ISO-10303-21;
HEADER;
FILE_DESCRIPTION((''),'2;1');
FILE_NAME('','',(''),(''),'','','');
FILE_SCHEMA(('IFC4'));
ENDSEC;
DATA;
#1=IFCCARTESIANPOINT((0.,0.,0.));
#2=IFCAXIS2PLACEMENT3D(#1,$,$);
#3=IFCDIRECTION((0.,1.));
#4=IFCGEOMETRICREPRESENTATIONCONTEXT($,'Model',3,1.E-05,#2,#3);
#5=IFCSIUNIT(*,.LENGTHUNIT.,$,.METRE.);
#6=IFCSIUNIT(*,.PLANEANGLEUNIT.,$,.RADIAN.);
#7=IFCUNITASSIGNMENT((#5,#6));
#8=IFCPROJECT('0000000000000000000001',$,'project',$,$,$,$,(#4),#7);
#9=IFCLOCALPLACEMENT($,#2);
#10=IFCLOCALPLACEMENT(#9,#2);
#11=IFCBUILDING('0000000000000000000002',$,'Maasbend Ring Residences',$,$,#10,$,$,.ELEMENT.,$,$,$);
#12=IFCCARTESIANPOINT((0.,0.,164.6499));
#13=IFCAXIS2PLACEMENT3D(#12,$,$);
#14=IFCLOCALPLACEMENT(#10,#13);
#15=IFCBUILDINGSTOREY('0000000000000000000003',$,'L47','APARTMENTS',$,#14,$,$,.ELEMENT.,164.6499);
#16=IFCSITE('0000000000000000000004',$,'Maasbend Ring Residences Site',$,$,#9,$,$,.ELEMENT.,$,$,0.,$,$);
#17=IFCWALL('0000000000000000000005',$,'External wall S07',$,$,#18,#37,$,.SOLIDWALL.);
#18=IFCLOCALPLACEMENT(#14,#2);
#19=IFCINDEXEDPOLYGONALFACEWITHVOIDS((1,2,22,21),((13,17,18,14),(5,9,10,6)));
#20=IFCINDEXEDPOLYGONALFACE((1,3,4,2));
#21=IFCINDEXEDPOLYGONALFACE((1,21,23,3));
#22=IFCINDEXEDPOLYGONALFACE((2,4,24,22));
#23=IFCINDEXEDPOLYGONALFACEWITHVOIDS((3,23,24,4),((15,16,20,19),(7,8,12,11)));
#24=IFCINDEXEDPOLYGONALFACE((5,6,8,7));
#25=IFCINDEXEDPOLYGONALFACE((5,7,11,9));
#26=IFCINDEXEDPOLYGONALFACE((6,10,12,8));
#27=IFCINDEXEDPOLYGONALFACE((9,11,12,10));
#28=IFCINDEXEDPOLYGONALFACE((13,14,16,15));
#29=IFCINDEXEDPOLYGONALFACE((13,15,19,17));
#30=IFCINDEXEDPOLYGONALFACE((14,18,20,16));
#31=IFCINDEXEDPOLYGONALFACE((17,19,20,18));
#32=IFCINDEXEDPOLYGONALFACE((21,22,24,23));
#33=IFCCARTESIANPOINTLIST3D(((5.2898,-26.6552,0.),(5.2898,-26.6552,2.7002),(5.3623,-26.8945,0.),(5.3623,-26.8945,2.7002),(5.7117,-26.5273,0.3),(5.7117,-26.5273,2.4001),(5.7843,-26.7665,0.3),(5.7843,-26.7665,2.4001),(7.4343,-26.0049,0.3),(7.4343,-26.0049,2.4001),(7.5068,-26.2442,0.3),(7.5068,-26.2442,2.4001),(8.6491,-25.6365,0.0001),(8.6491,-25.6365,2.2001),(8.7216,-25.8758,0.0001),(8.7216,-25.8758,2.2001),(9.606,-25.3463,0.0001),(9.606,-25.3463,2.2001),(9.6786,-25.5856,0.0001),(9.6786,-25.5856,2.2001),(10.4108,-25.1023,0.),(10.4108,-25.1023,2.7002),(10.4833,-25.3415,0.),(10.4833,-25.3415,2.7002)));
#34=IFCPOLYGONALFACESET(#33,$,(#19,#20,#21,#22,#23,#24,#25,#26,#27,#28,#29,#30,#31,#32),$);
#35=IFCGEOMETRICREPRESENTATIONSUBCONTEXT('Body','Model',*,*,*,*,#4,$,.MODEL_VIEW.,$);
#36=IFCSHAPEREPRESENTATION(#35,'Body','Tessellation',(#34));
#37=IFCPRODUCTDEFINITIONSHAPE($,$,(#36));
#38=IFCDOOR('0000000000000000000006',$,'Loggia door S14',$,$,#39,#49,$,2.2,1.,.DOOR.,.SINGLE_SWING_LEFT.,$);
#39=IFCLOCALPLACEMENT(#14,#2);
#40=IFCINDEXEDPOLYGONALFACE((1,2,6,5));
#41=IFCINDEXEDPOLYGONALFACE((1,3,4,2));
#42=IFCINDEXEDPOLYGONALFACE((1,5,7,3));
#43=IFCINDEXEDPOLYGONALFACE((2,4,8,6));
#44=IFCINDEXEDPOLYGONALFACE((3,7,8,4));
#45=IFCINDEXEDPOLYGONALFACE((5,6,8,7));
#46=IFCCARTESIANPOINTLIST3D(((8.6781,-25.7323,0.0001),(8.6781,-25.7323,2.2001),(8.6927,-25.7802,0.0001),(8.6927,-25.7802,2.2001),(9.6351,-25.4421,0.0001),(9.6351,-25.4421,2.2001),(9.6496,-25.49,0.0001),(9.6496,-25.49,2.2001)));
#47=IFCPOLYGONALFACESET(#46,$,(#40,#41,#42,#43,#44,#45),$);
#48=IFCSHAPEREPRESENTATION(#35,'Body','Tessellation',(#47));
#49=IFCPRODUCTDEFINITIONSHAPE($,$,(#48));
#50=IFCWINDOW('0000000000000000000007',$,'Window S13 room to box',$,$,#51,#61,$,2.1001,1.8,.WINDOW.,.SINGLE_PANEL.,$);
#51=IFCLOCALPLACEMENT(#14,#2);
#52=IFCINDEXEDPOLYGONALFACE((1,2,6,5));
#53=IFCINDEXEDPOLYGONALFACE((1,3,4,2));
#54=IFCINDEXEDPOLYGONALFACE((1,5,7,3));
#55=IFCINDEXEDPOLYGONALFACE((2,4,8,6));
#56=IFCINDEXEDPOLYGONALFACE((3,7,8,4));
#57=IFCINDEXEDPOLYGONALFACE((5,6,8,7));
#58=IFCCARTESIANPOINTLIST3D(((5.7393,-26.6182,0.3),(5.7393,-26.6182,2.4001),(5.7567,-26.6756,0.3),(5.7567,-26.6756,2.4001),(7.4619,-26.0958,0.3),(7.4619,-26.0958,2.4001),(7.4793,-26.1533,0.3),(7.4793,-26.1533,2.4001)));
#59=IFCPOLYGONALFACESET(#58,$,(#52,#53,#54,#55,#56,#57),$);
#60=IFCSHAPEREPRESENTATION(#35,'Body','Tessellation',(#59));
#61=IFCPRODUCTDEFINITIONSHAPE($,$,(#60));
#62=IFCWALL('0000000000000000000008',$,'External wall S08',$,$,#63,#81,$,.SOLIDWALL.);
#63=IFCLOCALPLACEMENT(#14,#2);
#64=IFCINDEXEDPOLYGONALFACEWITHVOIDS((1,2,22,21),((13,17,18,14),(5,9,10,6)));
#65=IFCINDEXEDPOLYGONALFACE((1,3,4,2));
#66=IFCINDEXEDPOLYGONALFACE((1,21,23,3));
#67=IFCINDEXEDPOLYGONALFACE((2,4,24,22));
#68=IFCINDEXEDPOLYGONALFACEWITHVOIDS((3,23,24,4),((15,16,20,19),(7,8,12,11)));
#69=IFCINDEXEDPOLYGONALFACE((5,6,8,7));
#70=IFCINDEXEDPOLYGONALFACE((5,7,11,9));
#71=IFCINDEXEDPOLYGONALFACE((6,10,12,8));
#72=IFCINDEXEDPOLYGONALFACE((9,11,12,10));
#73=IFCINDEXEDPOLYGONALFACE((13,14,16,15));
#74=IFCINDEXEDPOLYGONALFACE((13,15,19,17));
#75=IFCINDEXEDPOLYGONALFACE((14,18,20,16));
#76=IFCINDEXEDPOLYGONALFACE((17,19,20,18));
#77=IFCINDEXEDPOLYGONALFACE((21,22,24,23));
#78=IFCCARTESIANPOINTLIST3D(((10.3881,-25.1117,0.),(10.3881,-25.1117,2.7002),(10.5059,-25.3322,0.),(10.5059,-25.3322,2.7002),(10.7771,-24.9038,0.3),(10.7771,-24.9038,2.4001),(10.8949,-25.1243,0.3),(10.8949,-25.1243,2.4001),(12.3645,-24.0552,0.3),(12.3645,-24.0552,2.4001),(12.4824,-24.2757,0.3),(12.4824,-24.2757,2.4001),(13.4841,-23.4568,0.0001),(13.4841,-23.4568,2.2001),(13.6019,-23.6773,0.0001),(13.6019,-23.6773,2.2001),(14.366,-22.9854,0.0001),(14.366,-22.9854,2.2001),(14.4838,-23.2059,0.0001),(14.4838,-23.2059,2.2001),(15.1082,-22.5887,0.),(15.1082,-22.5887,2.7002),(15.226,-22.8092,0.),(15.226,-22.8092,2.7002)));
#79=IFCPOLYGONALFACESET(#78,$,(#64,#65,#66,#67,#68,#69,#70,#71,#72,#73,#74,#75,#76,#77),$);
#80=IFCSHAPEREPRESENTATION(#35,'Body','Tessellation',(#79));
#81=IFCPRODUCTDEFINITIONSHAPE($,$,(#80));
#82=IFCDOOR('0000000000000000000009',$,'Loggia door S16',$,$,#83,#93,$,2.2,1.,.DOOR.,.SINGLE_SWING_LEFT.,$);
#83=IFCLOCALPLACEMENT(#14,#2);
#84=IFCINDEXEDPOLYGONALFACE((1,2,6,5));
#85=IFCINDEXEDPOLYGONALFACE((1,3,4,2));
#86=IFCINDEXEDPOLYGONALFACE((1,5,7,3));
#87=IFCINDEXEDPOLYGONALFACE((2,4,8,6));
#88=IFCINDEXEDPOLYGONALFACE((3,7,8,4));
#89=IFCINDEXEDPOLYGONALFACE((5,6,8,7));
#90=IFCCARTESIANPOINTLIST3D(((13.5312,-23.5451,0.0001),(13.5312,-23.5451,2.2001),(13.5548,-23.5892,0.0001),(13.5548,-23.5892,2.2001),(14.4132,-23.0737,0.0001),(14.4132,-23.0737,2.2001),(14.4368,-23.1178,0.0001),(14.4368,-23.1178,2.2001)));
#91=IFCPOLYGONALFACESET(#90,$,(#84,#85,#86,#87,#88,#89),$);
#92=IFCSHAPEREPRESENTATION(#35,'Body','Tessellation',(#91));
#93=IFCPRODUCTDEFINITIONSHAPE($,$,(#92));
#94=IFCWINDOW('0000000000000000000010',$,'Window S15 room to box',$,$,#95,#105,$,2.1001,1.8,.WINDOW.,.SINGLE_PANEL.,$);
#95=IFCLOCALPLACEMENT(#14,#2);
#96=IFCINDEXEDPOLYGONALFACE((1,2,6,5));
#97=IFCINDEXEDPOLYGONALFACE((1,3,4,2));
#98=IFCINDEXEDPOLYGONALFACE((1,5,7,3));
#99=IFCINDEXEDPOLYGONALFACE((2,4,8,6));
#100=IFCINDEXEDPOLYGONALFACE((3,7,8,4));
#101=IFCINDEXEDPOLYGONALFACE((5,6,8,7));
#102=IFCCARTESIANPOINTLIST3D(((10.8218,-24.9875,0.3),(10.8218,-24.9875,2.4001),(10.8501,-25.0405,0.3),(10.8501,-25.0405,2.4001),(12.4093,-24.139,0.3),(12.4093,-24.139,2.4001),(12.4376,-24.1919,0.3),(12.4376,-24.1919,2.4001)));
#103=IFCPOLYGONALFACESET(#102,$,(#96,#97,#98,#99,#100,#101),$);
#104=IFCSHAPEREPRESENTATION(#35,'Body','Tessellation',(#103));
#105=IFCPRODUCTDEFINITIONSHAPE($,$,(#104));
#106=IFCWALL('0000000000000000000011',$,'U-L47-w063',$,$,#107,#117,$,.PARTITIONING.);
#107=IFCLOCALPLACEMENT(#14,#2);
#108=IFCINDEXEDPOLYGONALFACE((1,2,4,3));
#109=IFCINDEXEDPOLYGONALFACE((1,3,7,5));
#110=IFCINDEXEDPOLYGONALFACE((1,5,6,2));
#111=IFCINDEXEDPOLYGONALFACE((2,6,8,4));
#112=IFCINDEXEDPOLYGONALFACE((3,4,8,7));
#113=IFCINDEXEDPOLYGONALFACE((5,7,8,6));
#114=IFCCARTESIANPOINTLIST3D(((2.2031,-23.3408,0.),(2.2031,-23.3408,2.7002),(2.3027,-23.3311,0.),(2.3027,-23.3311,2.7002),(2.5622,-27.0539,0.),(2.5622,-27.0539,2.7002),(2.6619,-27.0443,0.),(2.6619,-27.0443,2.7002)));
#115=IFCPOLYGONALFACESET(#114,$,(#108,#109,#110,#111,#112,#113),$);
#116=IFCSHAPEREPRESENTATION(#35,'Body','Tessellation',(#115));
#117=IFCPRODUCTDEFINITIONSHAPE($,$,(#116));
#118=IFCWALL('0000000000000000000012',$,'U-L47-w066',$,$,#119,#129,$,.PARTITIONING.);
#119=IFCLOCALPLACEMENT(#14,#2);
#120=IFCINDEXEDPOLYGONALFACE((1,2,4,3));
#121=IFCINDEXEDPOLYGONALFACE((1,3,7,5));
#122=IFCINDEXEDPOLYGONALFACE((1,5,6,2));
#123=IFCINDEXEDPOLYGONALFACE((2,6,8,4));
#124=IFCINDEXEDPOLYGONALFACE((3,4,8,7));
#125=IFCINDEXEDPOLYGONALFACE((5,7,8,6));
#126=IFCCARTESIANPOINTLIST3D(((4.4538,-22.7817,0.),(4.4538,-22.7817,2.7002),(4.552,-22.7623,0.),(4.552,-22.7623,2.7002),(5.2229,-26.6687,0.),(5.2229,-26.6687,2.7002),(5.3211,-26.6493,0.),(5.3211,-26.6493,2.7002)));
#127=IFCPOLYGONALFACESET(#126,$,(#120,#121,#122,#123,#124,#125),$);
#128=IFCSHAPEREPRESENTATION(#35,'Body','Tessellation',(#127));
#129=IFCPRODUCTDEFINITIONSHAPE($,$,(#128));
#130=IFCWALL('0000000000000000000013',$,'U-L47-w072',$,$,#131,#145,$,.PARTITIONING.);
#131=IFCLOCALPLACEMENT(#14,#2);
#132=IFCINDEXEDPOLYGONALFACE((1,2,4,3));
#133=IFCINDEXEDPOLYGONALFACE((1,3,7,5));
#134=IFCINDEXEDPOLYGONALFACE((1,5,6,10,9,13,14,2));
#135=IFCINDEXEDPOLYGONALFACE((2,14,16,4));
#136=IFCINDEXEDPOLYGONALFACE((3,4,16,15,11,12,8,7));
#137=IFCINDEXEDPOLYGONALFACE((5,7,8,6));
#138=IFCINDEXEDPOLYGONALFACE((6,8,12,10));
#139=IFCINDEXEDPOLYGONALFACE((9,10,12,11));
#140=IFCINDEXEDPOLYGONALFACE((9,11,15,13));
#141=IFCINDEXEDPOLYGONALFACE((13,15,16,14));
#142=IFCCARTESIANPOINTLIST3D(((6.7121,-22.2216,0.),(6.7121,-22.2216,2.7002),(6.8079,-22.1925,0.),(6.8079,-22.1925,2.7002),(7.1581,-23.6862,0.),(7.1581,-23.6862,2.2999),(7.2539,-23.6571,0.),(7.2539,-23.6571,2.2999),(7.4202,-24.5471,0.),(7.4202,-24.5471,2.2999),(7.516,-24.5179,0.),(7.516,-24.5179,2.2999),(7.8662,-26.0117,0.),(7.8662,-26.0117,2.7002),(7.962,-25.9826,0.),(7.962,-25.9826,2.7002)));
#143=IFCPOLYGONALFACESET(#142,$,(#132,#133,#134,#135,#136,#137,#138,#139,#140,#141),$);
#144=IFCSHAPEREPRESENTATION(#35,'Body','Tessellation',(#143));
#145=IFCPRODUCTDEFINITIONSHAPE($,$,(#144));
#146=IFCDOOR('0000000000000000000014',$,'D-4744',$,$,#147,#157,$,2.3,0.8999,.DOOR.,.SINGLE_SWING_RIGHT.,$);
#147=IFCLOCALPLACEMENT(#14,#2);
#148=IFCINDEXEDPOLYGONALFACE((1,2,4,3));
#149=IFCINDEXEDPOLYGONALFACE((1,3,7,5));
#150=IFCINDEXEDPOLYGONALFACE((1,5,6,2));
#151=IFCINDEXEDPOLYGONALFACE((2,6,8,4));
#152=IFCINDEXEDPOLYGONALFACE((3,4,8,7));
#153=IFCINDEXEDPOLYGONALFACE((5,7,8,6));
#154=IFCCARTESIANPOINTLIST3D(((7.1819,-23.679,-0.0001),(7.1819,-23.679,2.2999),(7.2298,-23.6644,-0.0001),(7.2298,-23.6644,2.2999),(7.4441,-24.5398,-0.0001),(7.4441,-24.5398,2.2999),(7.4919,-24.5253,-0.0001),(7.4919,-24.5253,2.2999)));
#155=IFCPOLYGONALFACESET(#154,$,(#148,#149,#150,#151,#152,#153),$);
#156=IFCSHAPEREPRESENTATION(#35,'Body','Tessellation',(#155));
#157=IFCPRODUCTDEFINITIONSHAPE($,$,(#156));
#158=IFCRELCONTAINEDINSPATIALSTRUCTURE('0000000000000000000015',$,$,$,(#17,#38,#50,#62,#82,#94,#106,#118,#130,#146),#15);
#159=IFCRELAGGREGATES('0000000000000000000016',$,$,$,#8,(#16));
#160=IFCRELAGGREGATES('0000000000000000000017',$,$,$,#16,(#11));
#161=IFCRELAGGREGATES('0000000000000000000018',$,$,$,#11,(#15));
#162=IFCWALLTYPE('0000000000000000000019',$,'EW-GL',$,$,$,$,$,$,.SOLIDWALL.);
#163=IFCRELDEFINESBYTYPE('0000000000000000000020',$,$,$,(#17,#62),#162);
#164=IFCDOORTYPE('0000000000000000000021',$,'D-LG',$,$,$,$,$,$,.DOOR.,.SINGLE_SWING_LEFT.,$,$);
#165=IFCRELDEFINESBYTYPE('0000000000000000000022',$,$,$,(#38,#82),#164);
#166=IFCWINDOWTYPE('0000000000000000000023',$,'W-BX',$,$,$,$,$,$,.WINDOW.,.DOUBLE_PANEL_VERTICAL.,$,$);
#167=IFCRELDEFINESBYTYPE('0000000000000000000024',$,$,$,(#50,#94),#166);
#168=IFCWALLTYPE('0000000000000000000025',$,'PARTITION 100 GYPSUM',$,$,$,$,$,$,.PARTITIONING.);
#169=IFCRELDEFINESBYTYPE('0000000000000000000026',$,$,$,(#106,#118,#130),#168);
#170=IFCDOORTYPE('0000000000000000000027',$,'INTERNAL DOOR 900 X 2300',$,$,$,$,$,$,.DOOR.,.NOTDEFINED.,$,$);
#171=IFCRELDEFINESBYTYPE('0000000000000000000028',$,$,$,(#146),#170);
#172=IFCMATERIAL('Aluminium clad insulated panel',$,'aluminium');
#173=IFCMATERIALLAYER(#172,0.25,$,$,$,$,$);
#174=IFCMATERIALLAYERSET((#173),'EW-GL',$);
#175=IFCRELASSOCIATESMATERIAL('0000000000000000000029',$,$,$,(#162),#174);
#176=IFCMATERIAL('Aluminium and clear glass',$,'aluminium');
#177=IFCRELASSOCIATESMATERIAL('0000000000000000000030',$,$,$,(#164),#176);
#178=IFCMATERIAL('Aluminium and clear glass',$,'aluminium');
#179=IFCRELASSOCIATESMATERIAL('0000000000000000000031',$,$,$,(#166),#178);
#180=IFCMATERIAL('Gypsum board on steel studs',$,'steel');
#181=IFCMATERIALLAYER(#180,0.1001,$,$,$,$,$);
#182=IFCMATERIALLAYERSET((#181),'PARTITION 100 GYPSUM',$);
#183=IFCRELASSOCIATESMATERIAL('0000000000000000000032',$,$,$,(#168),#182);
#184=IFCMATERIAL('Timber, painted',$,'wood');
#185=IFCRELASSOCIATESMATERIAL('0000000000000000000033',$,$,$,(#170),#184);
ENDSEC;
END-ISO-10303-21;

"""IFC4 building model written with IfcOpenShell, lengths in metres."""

from ifc_helpers import new_model, si_unit, direction, frame, frame_2d, origin, place, context, subcontext, project, spatial, rectangle, extrude, material, layer, layer_set, type_object, element, fill, save


model = new_model("IFC4")

# Units and contexts
model_context = context("Model", 3, precision=1e-05, world=origin(), true_north=direction((0.0, 1.0)))
body_context = subcontext(model_context, "Body", "Model", "MODEL_VIEW")
ifc_project = project(units=[si_unit("LENGTHUNIT", "METRE"), si_unit("PLANEANGLEUNIT", "RADIAN")], contexts=[model_context])

# Site, building, storey
site_placement = place(None, origin())
site = spatial("IfcSite", under=ifc_project, at=site_placement, Name="Maasbend Ring Residences Site", CompositionType="ELEMENT", RefElevation=0.0)
building_placement = place(site_placement, origin())
building = spatial("IfcBuilding", under=site, at=building_placement, Name="Maasbend Ring Residences", CompositionType="ELEMENT")
storey_placement = place(building_placement, frame((0.0, 0.0, 164.6499)))
storey = spatial("IfcBuildingStorey", under=building, at=storey_placement, Name="L47", Description="APARTMENTS", CompositionType="ELEMENT", Elevation=164.6499)

# Walls, openings, doors, windows
ifc_material_1 = material(Name="Aluminium clad insulated panel", Category="aluminium")
ifc_layer_1 = layer(ifc_material_1, 0.25)
ifc_layer_set_1 = layer_set([ifc_layer_1], Name="EW-GL")
wall_type_1 = type_object("IfcWallType", Name="EW-GL", PredefinedType="SOLIDWALL", material=ifc_layer_set_1)
wall_1_placement = place(storey_placement, frame((5.3259, -26.7749, 0.0), z_axis=(0.0, 0.0, 1.0), x_axis=(0.956966, 0.290201, 0.0)))
wall_1 = element("IfcWall", 1, at=wall_1_placement, inside=storey, type_object=wall_type_1, Name="External wall S07", PredefinedType="SOLIDWALL", context=body_context, shape_type="SweptSolid", body=[
    extrude(rectangle(XDim=5.3513, YDim=0.25, at=frame_2d((2.6758, 0.0))), origin(), (0.0, 0.0, 1.0), 2.7002),
])
opening_1_placement = place(wall_1_placement, frame((0.4412, 0.0, 0.3)))
opening_1 = element("IfcOpeningElement", 2, at=opening_1_placement, cuts=wall_1, PredefinedType="OPENING", context=body_context, shape_type="SweptSolid", body=[
    extrude(rectangle(XDim=1.8, YDim=2.1001, at=frame_2d((0.8999, 1.05))), frame((0.0, 0.135, 0.0), z_axis=(0.0, -1.0, 0.0), x_axis=(1.0, 0.0, 0.0)), (0.0, 0.0, 1.0), 0.27),
])
opening_2_placement = place(wall_1_placement, frame((3.5105, 0.0, 0.0)))
opening_2 = element("IfcOpeningElement", 3, at=opening_2_placement, cuts=wall_1, PredefinedType="OPENING", context=body_context, shape_type="SweptSolid", body=[
    extrude(rectangle(XDim=1.0, YDim=2.2, at=frame_2d((0.5, 1.1001))), frame((0.0, 0.135, 0.0), z_axis=(0.0, -1.0, 0.0), x_axis=(1.0, 0.0, 0.0)), (0.0, 0.0, 1.0), 0.27),
])
ifc_material_2 = material(Name="Aluminium and clear glass", Category="aluminium")
door_type_1 = type_object("IfcDoorType", Name="D-LG", OperationType="SINGLE_SWING_LEFT", PredefinedType="DOOR", material=ifc_material_2)
door_1_placement = place(opening_2_placement, origin())
door_1 = element("IfcDoor", 4, at=door_1_placement, inside=storey, type_object=door_type_1, Name="Loggia door S14", OperationType="SINGLE_SWING_LEFT", OverallHeight=2.2, OverallWidth=1.0, PredefinedType="DOOR", context=body_context, shape_type="SweptSolid", body=[
    extrude(rectangle(XDim=1.0, YDim=2.2, at=frame_2d((0.5, 1.1001))), frame((0.0, 0.0249, 0.0), z_axis=(0.0, -1.0, 0.0), x_axis=(1.0, 0.0, 0.0)), (0.0, 0.0, 1.0), 0.05),
])
fill(opening_2, door_1)
ifc_material_3 = material(Name="Aluminium and clear glass", Category="aluminium")
window_type_1 = type_object("IfcWindowType", Name="W-BX", PartitioningType="DOUBLE_PANEL_VERTICAL", PredefinedType="WINDOW", material=ifc_material_3)
window_1_placement = place(opening_1_placement, origin())
window_1 = element("IfcWindow", 5, at=window_1_placement, inside=storey, type_object=window_type_1, Name="Window S13 room to box", OverallHeight=2.1001, OverallWidth=1.8, PartitioningType="SINGLE_PANEL", PredefinedType="WINDOW", context=body_context, shape_type="SweptSolid", body=[
    extrude(rectangle(XDim=1.8, YDim=2.1001, at=frame_2d((0.8999, 1.05))), frame((0.0, 0.03, 0.0), z_axis=(0.0, -1.0, 0.0), x_axis=(1.0, 0.0, 0.0)), (0.0, 0.0, 1.0), 0.0601),
])
fill(opening_1, window_1)
wall_2_placement = place(storey_placement, frame((10.447, -25.2219, 0.0), z_axis=(0.0, 0.0, 1.0), x_axis=(0.881916, 0.471407, 0.0)))
wall_2 = element("IfcWall", 6, at=wall_2_placement, inside=storey, type_object=wall_type_1, Name="External wall S08", PredefinedType="SOLIDWALL", context=body_context, shape_type="SweptSolid", body=[
    extrude(rectangle(XDim=5.3521, YDim=0.25, at=frame_2d((2.676, 0.0))), origin(), (0.0, 0.0, 1.0), 2.7002),
])
opening_3_placement = place(wall_2_placement, frame((0.4412, 0.0, 0.3)))
opening_3 = element("IfcOpeningElement", 7, at=opening_3_placement, cuts=wall_2, PredefinedType="OPENING", context=body_context, shape_type="SweptSolid", body=[
    extrude(rectangle(XDim=1.8, YDim=2.1001, at=frame_2d((0.8999, 1.05))), frame((0.0, 0.135, 0.0), z_axis=(0.0, -1.0, 0.0), x_axis=(1.0, 0.0, 0.0)), (0.0, 0.0, 1.0), 0.27),
])
opening_4_placement = place(wall_2_placement, frame((3.5105, 0.0, 0.0)))
opening_4 = element("IfcOpeningElement", 8, at=opening_4_placement, cuts=wall_2, PredefinedType="OPENING", context=body_context, shape_type="SweptSolid", body=[
    extrude(rectangle(XDim=1.0, YDim=2.2, at=frame_2d((0.5, 1.1001))), frame((0.0, 0.135, 0.0), z_axis=(0.0, -1.0, 0.0), x_axis=(1.0, 0.0, 0.0)), (0.0, 0.0, 1.0), 0.27),
])
door_2_placement = place(opening_4_placement, origin())
door_2 = element("IfcDoor", 9, at=door_2_placement, inside=storey, type_object=door_type_1, Name="Loggia door S16", OperationType="SINGLE_SWING_LEFT", OverallHeight=2.2, OverallWidth=1.0, PredefinedType="DOOR", context=body_context, shape_type="SweptSolid", body=[
    extrude(rectangle(XDim=1.0, YDim=2.2, at=frame_2d((0.5, 1.1001))), frame((0.0, 0.0249, 0.0), z_axis=(0.0, -1.0, 0.0), x_axis=(1.0, 0.0, 0.0)), (0.0, 0.0, 1.0), 0.05),
])
fill(opening_4, door_2)
window_2_placement = place(opening_3_placement, origin())
window_2 = element("IfcWindow", 10, at=window_2_placement, inside=storey, type_object=window_type_1, Name="Window S15 room to box", OverallHeight=2.1001, OverallWidth=1.8, PartitioningType="SINGLE_PANEL", PredefinedType="WINDOW", context=body_context, shape_type="SweptSolid", body=[
    extrude(rectangle(XDim=1.8, YDim=2.1001, at=frame_2d((0.8999, 1.05))), frame((0.0, 0.03, 0.0), z_axis=(0.0, -1.0, 0.0), x_axis=(1.0, 0.0, 0.0)), (0.0, 0.0, 1.0), 0.0601),
])
fill(opening_3, window_2)

# Walls
ifc_material_4 = material(Name="Gypsum board on steel studs", Category="steel")
ifc_layer_2 = layer(ifc_material_4, 0.1001)
ifc_layer_set_2 = layer_set([ifc_layer_2], Name="PARTITION 100 GYPSUM")
wall_type_2 = type_object("IfcWallType", Name="PARTITION 100 GYPSUM", PredefinedType="PARTITIONING", material=ifc_layer_set_2)
wall_3_placement = place(storey_placement, frame((2.2529, -23.3359, 0.0), z_axis=(0.0, 0.0, 1.0), x_axis=(0.09627, -0.995355, 0.0)))
element("IfcWall", 11, at=wall_3_placement, inside=storey, type_object=wall_type_2, Name="U-L47-w063", PredefinedType="PARTITIONING", context=body_context, shape_type="SweptSolid", body=[
    extrude(rectangle(XDim=3.7305, YDim=0.1001, at=frame_2d((1.8652, 0.0))), origin(), (0.0, 0.0, 1.0), 2.7002),
])
wall_4_placement = place(storey_placement, frame((4.5029, -22.772, 0.0), z_axis=(0.0, 0.0, 1.0), x_axis=(0.19409, -0.980984, 0.0)))
element("IfcWall", 12, at=wall_4_placement, inside=storey, type_object=wall_type_2, Name="U-L47-w066", PredefinedType="PARTITIONING", context=body_context, shape_type="SweptSolid", body=[
    extrude(rectangle(XDim=3.9624, YDim=0.1001, at=frame_2d((1.9812, 0.0))), origin(), (0.0, 0.0, 1.0), 2.7002),
])

# Wall, opening, door
wall_5_placement = place(storey_placement, frame((6.76, -22.207, 0.0), z_axis=(0.0, 0.0, 1.0), x_axis=(0.291292, -0.956634, 0.0)))
wall_5 = element("IfcWall", 13, at=wall_5_placement, inside=storey, type_object=wall_type_2, Name="U-L47-w072", PredefinedType="PARTITIONING", context=body_context, shape_type="SweptSolid", body=[
    extrude(rectangle(XDim=3.9619, YDim=0.1001, at=frame_2d((1.981, 0.0))), origin(), (0.0, 0.0, 1.0), 2.7002),
])
opening_5_placement = place(wall_5_placement, frame((1.531, 0.0, 0.0)))
opening_5 = element("IfcOpeningElement", 14, at=opening_5_placement, cuts=wall_5, PredefinedType="OPENING", context=body_context, shape_type="SweptSolid", body=[
    extrude(rectangle(XDim=0.8999, YDim=2.3, at=frame_2d((0.45, 1.1499))), frame((0.0, 0.0601, 0.0), z_axis=(0.0, -1.0, 0.0), x_axis=(1.0, 0.0, 0.0)), (0.0, 0.0, 1.0), 0.1201),
])
ifc_material_5 = material(Name="Timber, painted", Category="wood")
door_type_2 = type_object("IfcDoorType", Name="INTERNAL DOOR 900 X 2300", OperationType="NOTDEFINED", PredefinedType="DOOR", material=ifc_material_5)
door_3_placement = place(opening_5_placement, origin())
door_3 = element("IfcDoor", 15, at=door_3_placement, inside=storey, type_object=door_type_2, Name="D-4744", OperationType="SINGLE_SWING_RIGHT", OverallHeight=2.3, OverallWidth=0.8999, PredefinedType="DOOR", context=body_context, shape_type="SweptSolid", body=[
    extrude(rectangle(XDim=0.8999, YDim=2.3, at=frame_2d((0.45, 1.1499))), frame((0.0, 0.0249, 0.0), z_axis=(0.0, -1.0, 0.0), x_axis=(1.0, 0.0, 0.0)), (0.0, 0.0, 1.0), 0.05),
])
fill(opening_5, door_3)

save(model, "model.ifc")
